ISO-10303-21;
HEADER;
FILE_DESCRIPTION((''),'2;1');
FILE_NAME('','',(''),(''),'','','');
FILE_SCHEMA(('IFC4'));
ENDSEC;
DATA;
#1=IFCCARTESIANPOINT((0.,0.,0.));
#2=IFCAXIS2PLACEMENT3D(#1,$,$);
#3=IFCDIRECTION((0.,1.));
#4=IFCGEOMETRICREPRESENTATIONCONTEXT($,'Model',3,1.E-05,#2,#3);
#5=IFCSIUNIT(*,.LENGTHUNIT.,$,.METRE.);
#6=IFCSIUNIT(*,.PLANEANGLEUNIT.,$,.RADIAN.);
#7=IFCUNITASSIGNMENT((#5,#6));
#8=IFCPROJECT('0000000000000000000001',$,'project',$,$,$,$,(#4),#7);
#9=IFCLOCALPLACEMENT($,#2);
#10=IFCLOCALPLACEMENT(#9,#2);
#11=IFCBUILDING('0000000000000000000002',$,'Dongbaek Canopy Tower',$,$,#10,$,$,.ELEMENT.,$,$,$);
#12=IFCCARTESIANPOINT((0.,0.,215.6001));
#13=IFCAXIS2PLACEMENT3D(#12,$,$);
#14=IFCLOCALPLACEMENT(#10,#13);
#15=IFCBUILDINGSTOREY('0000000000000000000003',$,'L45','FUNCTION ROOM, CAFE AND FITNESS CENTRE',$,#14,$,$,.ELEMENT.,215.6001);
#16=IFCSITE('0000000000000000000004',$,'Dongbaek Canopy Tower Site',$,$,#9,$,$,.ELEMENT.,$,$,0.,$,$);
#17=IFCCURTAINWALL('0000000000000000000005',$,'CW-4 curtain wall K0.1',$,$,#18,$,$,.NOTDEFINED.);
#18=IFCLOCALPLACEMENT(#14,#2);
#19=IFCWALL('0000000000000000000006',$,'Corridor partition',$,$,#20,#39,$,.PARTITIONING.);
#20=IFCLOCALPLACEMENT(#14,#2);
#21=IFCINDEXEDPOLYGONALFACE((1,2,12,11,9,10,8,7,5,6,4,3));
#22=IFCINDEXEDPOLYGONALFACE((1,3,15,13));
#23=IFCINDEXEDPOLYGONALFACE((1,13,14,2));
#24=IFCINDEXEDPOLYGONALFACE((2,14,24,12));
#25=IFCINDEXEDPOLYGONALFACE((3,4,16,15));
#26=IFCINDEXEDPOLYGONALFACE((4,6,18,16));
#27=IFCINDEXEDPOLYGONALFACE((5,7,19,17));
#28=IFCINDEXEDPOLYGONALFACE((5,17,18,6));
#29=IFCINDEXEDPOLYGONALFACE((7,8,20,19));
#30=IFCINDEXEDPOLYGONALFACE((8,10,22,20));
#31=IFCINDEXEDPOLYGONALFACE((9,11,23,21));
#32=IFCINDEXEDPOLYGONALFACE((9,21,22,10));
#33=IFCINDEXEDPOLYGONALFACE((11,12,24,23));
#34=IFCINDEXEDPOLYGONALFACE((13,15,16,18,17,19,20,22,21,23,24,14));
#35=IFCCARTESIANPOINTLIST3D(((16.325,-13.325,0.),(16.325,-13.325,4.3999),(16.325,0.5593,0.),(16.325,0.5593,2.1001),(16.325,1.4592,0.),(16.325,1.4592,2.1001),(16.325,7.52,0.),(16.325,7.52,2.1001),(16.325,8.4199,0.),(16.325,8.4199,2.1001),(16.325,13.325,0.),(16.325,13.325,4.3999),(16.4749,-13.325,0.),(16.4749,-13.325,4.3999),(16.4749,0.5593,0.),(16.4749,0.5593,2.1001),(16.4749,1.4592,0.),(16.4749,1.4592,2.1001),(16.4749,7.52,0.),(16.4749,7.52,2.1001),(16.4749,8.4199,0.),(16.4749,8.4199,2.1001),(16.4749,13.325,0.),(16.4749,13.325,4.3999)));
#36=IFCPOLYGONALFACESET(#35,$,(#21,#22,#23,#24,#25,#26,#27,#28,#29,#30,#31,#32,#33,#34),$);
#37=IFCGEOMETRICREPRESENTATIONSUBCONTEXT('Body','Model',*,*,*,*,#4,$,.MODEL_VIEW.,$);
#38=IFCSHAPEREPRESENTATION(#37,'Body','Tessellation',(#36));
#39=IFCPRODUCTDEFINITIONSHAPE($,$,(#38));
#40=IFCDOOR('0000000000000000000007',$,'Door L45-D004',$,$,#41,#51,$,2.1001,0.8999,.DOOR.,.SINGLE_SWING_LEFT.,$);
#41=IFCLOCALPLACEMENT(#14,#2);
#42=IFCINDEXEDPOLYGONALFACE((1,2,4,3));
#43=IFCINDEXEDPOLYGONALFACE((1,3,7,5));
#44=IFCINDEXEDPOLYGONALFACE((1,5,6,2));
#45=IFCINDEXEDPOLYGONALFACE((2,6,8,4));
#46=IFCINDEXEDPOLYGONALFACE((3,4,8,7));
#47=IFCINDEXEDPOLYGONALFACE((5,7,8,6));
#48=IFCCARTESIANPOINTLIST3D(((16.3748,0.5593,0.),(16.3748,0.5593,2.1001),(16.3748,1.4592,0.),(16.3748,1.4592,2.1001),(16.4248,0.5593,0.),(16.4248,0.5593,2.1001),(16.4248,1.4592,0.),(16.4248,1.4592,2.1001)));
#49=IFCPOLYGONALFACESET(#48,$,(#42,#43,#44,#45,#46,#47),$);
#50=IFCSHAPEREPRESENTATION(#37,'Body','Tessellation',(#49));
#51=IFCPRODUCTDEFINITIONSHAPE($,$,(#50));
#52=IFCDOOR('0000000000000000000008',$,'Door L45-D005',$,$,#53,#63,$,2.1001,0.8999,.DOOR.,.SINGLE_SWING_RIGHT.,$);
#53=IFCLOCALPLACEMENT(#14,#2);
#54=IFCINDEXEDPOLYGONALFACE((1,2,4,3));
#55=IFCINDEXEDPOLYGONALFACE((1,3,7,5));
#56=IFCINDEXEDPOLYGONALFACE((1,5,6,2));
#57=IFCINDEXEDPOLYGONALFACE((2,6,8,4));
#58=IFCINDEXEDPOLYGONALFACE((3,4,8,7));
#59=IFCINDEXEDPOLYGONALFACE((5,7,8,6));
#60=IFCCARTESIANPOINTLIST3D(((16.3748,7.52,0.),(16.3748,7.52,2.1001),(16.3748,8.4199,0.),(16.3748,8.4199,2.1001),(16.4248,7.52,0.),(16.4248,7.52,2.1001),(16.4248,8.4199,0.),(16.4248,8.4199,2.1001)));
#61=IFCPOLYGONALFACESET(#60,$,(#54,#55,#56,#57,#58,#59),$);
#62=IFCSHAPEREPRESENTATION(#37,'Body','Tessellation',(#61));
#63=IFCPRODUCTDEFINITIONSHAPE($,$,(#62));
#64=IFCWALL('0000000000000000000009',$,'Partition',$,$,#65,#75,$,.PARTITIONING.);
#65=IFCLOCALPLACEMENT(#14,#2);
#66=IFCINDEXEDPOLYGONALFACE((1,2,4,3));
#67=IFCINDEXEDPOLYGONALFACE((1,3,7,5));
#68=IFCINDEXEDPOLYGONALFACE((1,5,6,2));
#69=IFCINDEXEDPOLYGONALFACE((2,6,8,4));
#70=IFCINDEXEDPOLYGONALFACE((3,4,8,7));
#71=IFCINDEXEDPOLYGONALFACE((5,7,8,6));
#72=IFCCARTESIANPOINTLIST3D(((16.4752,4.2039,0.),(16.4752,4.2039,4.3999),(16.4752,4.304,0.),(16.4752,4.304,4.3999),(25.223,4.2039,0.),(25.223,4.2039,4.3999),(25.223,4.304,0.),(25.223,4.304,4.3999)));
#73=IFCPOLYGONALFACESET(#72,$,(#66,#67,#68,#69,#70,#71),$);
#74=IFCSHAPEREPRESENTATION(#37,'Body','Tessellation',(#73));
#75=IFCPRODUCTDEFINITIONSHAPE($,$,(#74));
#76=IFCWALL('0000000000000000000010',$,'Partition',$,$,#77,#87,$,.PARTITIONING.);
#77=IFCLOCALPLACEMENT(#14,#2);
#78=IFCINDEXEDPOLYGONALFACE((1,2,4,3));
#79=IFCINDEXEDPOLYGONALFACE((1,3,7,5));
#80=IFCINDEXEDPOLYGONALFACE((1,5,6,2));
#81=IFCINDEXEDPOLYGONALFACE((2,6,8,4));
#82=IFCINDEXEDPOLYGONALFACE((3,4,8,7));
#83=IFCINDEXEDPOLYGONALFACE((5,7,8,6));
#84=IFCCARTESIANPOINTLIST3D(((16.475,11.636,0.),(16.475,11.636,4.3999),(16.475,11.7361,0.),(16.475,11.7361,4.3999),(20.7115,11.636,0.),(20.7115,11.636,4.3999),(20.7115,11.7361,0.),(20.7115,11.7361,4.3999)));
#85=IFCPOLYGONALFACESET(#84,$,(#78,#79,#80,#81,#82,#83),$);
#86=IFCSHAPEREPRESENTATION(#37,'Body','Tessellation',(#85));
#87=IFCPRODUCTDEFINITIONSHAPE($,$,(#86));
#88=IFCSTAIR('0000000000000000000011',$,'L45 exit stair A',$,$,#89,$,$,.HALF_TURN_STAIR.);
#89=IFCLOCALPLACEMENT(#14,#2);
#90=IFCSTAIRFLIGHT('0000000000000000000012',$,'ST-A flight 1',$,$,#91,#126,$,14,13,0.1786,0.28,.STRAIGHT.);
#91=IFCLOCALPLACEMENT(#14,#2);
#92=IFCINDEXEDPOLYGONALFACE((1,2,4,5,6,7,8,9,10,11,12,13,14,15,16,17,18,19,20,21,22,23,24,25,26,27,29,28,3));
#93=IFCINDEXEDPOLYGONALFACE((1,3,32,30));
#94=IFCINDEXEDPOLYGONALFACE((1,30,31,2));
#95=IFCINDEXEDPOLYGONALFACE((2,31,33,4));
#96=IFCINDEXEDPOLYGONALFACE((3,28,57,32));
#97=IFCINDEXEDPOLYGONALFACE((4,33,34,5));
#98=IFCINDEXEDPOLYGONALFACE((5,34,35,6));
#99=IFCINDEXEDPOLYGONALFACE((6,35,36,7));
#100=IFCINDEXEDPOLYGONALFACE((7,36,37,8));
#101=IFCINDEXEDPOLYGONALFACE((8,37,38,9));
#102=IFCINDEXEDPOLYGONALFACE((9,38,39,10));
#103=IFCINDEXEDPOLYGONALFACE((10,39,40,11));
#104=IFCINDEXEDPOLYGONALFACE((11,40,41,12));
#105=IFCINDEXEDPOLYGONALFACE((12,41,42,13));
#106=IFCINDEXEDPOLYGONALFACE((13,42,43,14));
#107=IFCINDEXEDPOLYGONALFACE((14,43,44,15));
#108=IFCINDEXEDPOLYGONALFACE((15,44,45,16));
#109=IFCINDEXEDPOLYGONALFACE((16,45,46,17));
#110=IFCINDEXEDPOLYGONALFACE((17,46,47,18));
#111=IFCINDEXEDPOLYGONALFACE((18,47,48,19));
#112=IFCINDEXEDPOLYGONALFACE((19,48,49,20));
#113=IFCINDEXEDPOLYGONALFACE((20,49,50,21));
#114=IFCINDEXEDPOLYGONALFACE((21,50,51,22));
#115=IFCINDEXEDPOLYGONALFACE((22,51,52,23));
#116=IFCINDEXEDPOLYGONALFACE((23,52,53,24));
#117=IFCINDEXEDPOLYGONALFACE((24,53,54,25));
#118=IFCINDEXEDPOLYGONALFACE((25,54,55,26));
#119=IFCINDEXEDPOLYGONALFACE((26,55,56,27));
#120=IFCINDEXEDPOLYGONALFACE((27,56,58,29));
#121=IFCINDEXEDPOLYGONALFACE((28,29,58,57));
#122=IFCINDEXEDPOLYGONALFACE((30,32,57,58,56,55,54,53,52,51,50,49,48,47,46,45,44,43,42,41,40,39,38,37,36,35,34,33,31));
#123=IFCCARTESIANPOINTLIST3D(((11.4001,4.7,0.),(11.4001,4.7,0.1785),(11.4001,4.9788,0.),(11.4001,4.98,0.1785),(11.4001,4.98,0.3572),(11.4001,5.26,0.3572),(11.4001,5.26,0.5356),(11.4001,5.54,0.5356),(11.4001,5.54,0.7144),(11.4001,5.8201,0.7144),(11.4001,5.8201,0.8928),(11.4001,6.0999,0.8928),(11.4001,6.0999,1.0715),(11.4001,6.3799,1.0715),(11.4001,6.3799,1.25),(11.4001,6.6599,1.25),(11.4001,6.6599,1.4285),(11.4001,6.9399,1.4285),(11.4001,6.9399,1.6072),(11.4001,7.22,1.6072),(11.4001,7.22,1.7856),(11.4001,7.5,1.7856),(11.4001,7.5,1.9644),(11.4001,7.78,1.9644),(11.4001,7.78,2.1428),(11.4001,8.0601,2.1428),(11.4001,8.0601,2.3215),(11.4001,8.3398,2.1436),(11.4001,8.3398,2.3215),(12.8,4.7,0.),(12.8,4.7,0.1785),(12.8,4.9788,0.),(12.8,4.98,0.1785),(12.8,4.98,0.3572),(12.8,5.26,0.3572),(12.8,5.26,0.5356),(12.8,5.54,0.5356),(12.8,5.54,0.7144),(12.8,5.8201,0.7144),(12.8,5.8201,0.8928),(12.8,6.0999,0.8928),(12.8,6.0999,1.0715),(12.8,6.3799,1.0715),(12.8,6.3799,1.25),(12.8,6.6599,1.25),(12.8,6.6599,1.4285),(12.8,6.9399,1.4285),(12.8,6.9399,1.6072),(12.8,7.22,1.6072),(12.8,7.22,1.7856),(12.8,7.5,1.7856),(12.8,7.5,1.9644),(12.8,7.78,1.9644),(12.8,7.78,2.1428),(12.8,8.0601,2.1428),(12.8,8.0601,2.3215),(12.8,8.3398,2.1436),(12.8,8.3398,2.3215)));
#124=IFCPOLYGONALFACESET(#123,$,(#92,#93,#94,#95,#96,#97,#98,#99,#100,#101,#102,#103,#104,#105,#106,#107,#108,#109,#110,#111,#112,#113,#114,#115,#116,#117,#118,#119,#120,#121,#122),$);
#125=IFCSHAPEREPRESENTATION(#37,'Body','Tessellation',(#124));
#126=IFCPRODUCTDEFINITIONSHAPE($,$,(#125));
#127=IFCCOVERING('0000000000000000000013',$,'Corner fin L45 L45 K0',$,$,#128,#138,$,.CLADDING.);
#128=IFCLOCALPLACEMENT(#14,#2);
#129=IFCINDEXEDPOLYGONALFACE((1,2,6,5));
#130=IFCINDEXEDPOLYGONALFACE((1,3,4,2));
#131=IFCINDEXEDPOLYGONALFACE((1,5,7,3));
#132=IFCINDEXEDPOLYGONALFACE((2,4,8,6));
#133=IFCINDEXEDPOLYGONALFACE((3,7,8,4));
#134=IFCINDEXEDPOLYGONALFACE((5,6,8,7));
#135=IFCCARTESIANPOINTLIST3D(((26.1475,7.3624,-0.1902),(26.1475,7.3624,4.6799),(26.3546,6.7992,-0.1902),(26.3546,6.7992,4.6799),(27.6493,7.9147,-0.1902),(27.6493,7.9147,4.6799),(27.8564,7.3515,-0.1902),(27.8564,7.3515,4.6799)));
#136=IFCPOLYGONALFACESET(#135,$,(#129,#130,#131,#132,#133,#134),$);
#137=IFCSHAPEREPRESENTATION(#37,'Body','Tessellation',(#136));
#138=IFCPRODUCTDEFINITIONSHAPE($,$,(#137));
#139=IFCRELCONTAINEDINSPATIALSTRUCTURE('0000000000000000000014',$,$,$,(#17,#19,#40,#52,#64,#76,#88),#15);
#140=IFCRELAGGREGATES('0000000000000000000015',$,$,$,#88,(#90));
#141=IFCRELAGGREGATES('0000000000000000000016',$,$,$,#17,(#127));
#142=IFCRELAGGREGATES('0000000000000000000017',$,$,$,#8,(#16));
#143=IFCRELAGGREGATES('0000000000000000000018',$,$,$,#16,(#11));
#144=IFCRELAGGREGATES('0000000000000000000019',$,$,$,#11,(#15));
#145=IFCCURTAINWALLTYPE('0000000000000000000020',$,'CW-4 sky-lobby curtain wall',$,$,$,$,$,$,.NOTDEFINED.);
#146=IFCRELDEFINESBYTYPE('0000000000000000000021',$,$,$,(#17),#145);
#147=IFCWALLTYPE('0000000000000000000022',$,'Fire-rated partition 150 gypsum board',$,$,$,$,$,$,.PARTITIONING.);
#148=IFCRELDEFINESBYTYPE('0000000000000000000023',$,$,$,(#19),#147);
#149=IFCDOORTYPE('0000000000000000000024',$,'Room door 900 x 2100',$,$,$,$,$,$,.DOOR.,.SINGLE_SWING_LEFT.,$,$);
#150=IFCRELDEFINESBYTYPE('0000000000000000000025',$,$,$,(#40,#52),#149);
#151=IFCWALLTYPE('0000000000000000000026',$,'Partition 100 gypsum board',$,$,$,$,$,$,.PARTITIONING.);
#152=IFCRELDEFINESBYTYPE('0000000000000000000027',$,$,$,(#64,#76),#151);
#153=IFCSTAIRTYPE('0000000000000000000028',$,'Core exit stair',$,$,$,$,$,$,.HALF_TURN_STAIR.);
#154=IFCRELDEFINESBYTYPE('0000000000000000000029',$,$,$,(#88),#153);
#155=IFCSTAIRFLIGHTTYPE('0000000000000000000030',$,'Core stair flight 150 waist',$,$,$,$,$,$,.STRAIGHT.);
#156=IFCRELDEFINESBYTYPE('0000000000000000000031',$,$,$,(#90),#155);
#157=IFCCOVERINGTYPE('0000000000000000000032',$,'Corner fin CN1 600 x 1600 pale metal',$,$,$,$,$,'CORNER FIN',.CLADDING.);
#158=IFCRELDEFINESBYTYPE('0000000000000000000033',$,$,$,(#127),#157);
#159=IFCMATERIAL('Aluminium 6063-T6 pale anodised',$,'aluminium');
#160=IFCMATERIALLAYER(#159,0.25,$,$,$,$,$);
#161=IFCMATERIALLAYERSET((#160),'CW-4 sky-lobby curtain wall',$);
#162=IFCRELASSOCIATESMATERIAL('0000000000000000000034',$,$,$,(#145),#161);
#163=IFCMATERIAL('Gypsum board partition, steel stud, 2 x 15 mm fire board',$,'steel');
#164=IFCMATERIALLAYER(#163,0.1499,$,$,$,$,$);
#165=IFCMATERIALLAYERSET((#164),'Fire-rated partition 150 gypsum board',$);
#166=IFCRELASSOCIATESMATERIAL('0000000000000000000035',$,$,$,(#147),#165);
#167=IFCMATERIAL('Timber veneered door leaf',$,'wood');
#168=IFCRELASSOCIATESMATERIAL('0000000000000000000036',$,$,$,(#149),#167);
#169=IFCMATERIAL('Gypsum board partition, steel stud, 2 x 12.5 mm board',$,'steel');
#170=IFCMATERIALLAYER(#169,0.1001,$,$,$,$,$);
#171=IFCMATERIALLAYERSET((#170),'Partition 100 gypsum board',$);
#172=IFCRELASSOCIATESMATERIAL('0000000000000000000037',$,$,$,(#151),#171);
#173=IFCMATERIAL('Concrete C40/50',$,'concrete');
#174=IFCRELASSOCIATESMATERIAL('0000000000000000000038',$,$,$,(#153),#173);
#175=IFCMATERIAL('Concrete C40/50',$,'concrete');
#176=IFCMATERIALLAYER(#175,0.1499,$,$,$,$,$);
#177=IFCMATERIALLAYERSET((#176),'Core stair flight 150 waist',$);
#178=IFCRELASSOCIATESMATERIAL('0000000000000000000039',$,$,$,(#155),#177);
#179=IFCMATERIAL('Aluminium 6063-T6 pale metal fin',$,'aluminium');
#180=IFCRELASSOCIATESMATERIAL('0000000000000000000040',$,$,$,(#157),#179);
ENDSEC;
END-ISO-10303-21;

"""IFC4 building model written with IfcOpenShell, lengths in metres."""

from ifc_helpers import new_model, si_unit, direction, frame, frame_2d, origin, origin_2d, place, context, subcontext, project, spatial, polyline, rectangle, outline, extrude, material, layer, layer_set, material_profile, profile_set, type_object, element, fill, aggregate, save


model = new_model("IFC4")

# Units and contexts
model_context = context("Model", 3, precision=1e-05, world=origin(), true_north=direction((0.0, 1.0)))
body_context = subcontext(model_context, "Body", "Model", "MODEL_VIEW")
ifc_project = project(units=[si_unit("LENGTHUNIT", "METRE"), si_unit("PLANEANGLEUNIT", "RADIAN")], contexts=[model_context])

# Site, building, storey
site_placement = place(None, origin())
site = spatial("IfcSite", under=ifc_project, at=site_placement, Name="Dongbaek Canopy Tower Site", CompositionType="ELEMENT", RefElevation=0.0)
building_placement = place(site_placement, origin())
building = spatial("IfcBuilding", under=site, at=building_placement, Name="Dongbaek Canopy Tower", CompositionType="ELEMENT")
storey_placement = place(building_placement, frame((0.0, 0.0, 215.6001)))
storey = spatial("IfcBuildingStorey", under=building, at=storey_placement, Name="L45", Description="FUNCTION ROOM, CAFE AND FITNESS CENTRE", CompositionType="ELEMENT", Elevation=215.6001)

# Curtain wall
ifc_material_1 = material(Name="Aluminium 6063-T6 pale anodised", Category="aluminium")
ifc_layer_1 = layer(ifc_material_1, 0.25)
ifc_layer_set_1 = layer_set([ifc_layer_1], Name="CW-4 sky-lobby curtain wall")
curtain_wall_type = type_object("IfcCurtainWallType", Name="CW-4 sky-lobby curtain wall", PredefinedType="NOTDEFINED", material=ifc_layer_set_1)
curtain_wall_1_placement = place(storey_placement, origin())
curtain_wall_1 = element("IfcCurtainWall", 1, at=curtain_wall_1_placement, inside=storey, type_object=curtain_wall_type, Name="CW-4 curtain wall K0.1", PredefinedType="NOTDEFINED")

# Wall, openings, doors
ifc_material_2 = material(Name="Gypsum board partition, steel stud, 2 x 15 mm fire board", Category="steel")
ifc_layer_2 = layer(ifc_material_2, 0.1499)
ifc_layer_set_2 = layer_set([ifc_layer_2], Name="Fire-rated partition 150 gypsum board")
wall_type_1 = type_object("IfcWallType", Name="Fire-rated partition 150 gypsum board", PredefinedType="PARTITIONING", material=ifc_layer_set_2)
wall_1_placement = place(storey_placement, frame((16.3999, 13.325, 0.0), z_axis=(0.0, 0.0, 1.0), x_axis=(0.0, -1.0, 0.0)))
wall_1 = element("IfcWall", 2, at=wall_1_placement, inside=storey, type_object=wall_type_1, Name="Corridor partition", PredefinedType="PARTITIONING", context=body_context, shape_type="SweptSolid", body=[
    extrude(rectangle(XDim=26.6499, YDim=0.1499, at=frame_2d((13.325, 0.0))), origin(), (0.0, 0.0, 1.0), 4.3999),
])
opening_1_placement = place(wall_1_placement, frame((11.8657, 0.0, 0.0)))
opening_1 = element("IfcOpeningElement", 3, at=opening_1_placement, cuts=wall_1, PredefinedType="OPENING", context=body_context, shape_type="SweptSolid", body=[
    extrude(rectangle(XDim=0.8999, YDim=2.1001, at=frame_2d((0.45, 1.05))), frame((0.0, 0.085, 0.0), z_axis=(0.0, -1.0, 0.0), x_axis=(1.0, 0.0, 0.0)), (0.0, 0.0, 1.0), 0.1699),
])
opening_2_placement = place(wall_1_placement, frame((4.905, 0.0, 0.0)))
opening_2 = element("IfcOpeningElement", 4, at=opening_2_placement, cuts=wall_1, PredefinedType="OPENING", context=body_context, shape_type="SweptSolid", body=[
    extrude(rectangle(XDim=0.8999, YDim=2.1001, at=frame_2d((0.45, 1.05))), frame((0.0, 0.085, 0.0), z_axis=(0.0, -1.0, 0.0), x_axis=(1.0, 0.0, 0.0)), (0.0, 0.0, 1.0), 0.1699),
])
ifc_material_3 = material(Name="Timber veneered door leaf", Category="wood")
door_type = type_object("IfcDoorType", Name="Room door 900 x 2100", OperationType="SINGLE_SWING_LEFT", PredefinedType="DOOR", material=ifc_material_3)
door_1_placement = place(opening_1_placement, origin())
door_1 = element("IfcDoor", 5, at=door_1_placement, inside=storey, type_object=door_type, Name="Door L45-D004", OperationType="SINGLE_SWING_LEFT", OverallHeight=2.1001, OverallWidth=0.8999, PredefinedType="DOOR", context=body_context, shape_type="SweptSolid", body=[
    extrude(rectangle(XDim=0.8999, YDim=2.1001, at=frame_2d((0.45, 1.05))), frame((0.0, 0.0249, 0.0), z_axis=(0.0, -1.0, 0.0), x_axis=(1.0, 0.0, 0.0)), (0.0, 0.0, 1.0), 0.05),
])
fill(opening_1, door_1)
door_2_placement = place(opening_2_placement, origin())
door_2 = element("IfcDoor", 6, at=door_2_placement, inside=storey, type_object=door_type, Name="Door L45-D005", OperationType="SINGLE_SWING_RIGHT", OverallHeight=2.1001, OverallWidth=0.8999, PredefinedType="DOOR", context=body_context, shape_type="SweptSolid", body=[
    extrude(rectangle(XDim=0.8999, YDim=2.1001, at=frame_2d((0.45, 1.05))), frame((0.0, 0.0249, 0.0), z_axis=(0.0, -1.0, 0.0), x_axis=(1.0, 0.0, 0.0)), (0.0, 0.0, 1.0), 0.05),
])
fill(opening_2, door_2)

# Walls
ifc_material_4 = material(Name="Gypsum board partition, steel stud, 2 x 12.5 mm board", Category="steel")
ifc_layer_3 = layer(ifc_material_4, 0.1001)
ifc_layer_set_3 = layer_set([ifc_layer_3], Name="Partition 100 gypsum board")
wall_type_2 = type_object("IfcWallType", Name="Partition 100 gypsum board", PredefinedType="PARTITIONING", material=ifc_layer_set_3)
wall_2_placement = place(storey_placement, frame((16.4751, 4.2539, 0.0), z_axis=(0.0, 0.0, 1.0), x_axis=(1.0, 0.0, 0.0)))
element("IfcWall", 7, at=wall_2_placement, inside=storey, type_object=wall_type_2, Name="Partition", PredefinedType="PARTITIONING", context=body_context, shape_type="SweptSolid", body=[
    extrude(rectangle(XDim=8.7478, YDim=0.1001, at=frame_2d((4.374, 0.0))), origin(), (0.0, 0.0, 1.0), 4.3999),
])
wall_3_placement = place(storey_placement, frame((16.4751, 11.686, 0.0), z_axis=(0.0, 0.0, 1.0), x_axis=(1.0, 0.0, 0.0)))
element("IfcWall", 8, at=wall_3_placement, inside=storey, type_object=wall_type_2, Name="Partition", PredefinedType="PARTITIONING", context=body_context, shape_type="SweptSolid", body=[
    extrude(rectangle(XDim=4.2366, YDim=0.1001, at=frame_2d((2.1182, 0.0))), origin(), (0.0, 0.0, 1.0), 4.3999),
])

# Stair, stair flight
ifc_material_5 = material(Name="Concrete C40/50", Category="concrete")
stair_type = type_object("IfcStairType", Name="Core exit stair", PredefinedType="HALF_TURN_STAIR", material=ifc_material_5)
stair_placement = place(storey_placement, origin())
stair = element("IfcStair", 9, at=stair_placement, inside=storey, type_object=stair_type, Name="L45 exit stair A", PredefinedType="HALF_TURN_STAIR")
ifc_material_6 = material(Name="Concrete C40/50", Category="concrete")
ifc_layer_4 = layer(ifc_material_6, 0.1499)
ifc_layer_set_4 = layer_set([ifc_layer_4], Name="Core stair flight 150 waist")
stair_flight_type = type_object("IfcStairFlightType", Name="Core stair flight 150 waist", PredefinedType="STRAIGHT", material=ifc_layer_set_4)
stair_flight_placement = place(storey_placement, frame((12.1001, 4.7, 0.0), z_axis=(0.0, 0.0, 1.0), x_axis=(0.0, 1.0, 0.0)))
stair_flight = element("IfcStairFlight", 10, at=stair_flight_placement, type_object=stair_flight_type, Name="ST-A flight 1", NumberOfRisers=14, NumberOfTreads=13, PredefinedType="STRAIGHT", RiserHeight=0.1786, TreadLength=0.28, context=body_context, shape_type="SweptSolid", body=[
    extrude(outline(polyline([(0.0, 0.0), (0.0, 0.1785), (0.28, 0.1785), (0.28, 0.3572), (0.5601, 0.3572), (0.5601, 0.5356), (0.8401, 0.5356), (0.8401, 0.7144), (1.1201, 0.7144), (1.1201, 0.8928), (1.3999, 0.8928), (1.3999, 1.0715), (1.6799, 1.0715), (1.6799, 1.25), (1.96, 1.25), (1.96, 1.4285), (2.24, 1.4285), (2.24, 1.6072), (2.52, 1.6072), (2.52, 1.7856), (2.8, 1.7856), (2.8, 1.9644), (3.0801, 1.9644), (3.0801, 2.1428), (3.3601, 2.1428), (3.3601, 2.3215), (3.6399, 2.3215), (3.6399, 2.5), (3.6399, 2.1436), (0.2788, 0.0), (0.0, 0.0)])), frame((0.0, 0.7, 0.0), z_axis=(0.0, -1.0, 0.0), x_axis=(1.0, 0.0, 0.0)), (0.0, 0.0, 1.0), 1.3999),
])
aggregate(stair, [stair_flight])

# Covering
ifc_material_7 = material(Name="Aluminium 6063-T6 pale metal fin", Category="aluminium")
ifc_material_profile_1 = material_profile(ifc_material_7, rectangle(XDim=1.6001, YDim=0.6001, at=origin_2d()), Name="Corner fin CN1 600 x 1600 pale metal")
ifc_profile_set_1 = profile_set([ifc_material_profile_1], Name="Aluminium 6063-T6 pale metal fin")
covering_type = type_object("IfcCoveringType", Name="Corner fin CN1 600 x 1600 pale metal", ElementType="CORNER FIN", PredefinedType="CLADDING", material=ifc_profile_set_1)
covering_placement = place(storey_placement, frame((27.002, 7.3569, -0.1902), z_axis=(0.0, 0.0, 1.0), x_axis=(0.938536, 0.34518, 0.0)))
covering = element("IfcCovering", 11, at=covering_placement, type_object=covering_type, Name="Corner fin L45 L45 K0", PredefinedType="CLADDING", context=body_context, shape_type="SweptSolid", body=[
    extrude(rectangle(XDim=1.6001, YDim=0.6001, at=origin_2d()), origin(), (0.0, 0.0, 1.0), 4.8701),
])
aggregate(curtain_wall_1, [covering])

save(model, "model.ifc")
